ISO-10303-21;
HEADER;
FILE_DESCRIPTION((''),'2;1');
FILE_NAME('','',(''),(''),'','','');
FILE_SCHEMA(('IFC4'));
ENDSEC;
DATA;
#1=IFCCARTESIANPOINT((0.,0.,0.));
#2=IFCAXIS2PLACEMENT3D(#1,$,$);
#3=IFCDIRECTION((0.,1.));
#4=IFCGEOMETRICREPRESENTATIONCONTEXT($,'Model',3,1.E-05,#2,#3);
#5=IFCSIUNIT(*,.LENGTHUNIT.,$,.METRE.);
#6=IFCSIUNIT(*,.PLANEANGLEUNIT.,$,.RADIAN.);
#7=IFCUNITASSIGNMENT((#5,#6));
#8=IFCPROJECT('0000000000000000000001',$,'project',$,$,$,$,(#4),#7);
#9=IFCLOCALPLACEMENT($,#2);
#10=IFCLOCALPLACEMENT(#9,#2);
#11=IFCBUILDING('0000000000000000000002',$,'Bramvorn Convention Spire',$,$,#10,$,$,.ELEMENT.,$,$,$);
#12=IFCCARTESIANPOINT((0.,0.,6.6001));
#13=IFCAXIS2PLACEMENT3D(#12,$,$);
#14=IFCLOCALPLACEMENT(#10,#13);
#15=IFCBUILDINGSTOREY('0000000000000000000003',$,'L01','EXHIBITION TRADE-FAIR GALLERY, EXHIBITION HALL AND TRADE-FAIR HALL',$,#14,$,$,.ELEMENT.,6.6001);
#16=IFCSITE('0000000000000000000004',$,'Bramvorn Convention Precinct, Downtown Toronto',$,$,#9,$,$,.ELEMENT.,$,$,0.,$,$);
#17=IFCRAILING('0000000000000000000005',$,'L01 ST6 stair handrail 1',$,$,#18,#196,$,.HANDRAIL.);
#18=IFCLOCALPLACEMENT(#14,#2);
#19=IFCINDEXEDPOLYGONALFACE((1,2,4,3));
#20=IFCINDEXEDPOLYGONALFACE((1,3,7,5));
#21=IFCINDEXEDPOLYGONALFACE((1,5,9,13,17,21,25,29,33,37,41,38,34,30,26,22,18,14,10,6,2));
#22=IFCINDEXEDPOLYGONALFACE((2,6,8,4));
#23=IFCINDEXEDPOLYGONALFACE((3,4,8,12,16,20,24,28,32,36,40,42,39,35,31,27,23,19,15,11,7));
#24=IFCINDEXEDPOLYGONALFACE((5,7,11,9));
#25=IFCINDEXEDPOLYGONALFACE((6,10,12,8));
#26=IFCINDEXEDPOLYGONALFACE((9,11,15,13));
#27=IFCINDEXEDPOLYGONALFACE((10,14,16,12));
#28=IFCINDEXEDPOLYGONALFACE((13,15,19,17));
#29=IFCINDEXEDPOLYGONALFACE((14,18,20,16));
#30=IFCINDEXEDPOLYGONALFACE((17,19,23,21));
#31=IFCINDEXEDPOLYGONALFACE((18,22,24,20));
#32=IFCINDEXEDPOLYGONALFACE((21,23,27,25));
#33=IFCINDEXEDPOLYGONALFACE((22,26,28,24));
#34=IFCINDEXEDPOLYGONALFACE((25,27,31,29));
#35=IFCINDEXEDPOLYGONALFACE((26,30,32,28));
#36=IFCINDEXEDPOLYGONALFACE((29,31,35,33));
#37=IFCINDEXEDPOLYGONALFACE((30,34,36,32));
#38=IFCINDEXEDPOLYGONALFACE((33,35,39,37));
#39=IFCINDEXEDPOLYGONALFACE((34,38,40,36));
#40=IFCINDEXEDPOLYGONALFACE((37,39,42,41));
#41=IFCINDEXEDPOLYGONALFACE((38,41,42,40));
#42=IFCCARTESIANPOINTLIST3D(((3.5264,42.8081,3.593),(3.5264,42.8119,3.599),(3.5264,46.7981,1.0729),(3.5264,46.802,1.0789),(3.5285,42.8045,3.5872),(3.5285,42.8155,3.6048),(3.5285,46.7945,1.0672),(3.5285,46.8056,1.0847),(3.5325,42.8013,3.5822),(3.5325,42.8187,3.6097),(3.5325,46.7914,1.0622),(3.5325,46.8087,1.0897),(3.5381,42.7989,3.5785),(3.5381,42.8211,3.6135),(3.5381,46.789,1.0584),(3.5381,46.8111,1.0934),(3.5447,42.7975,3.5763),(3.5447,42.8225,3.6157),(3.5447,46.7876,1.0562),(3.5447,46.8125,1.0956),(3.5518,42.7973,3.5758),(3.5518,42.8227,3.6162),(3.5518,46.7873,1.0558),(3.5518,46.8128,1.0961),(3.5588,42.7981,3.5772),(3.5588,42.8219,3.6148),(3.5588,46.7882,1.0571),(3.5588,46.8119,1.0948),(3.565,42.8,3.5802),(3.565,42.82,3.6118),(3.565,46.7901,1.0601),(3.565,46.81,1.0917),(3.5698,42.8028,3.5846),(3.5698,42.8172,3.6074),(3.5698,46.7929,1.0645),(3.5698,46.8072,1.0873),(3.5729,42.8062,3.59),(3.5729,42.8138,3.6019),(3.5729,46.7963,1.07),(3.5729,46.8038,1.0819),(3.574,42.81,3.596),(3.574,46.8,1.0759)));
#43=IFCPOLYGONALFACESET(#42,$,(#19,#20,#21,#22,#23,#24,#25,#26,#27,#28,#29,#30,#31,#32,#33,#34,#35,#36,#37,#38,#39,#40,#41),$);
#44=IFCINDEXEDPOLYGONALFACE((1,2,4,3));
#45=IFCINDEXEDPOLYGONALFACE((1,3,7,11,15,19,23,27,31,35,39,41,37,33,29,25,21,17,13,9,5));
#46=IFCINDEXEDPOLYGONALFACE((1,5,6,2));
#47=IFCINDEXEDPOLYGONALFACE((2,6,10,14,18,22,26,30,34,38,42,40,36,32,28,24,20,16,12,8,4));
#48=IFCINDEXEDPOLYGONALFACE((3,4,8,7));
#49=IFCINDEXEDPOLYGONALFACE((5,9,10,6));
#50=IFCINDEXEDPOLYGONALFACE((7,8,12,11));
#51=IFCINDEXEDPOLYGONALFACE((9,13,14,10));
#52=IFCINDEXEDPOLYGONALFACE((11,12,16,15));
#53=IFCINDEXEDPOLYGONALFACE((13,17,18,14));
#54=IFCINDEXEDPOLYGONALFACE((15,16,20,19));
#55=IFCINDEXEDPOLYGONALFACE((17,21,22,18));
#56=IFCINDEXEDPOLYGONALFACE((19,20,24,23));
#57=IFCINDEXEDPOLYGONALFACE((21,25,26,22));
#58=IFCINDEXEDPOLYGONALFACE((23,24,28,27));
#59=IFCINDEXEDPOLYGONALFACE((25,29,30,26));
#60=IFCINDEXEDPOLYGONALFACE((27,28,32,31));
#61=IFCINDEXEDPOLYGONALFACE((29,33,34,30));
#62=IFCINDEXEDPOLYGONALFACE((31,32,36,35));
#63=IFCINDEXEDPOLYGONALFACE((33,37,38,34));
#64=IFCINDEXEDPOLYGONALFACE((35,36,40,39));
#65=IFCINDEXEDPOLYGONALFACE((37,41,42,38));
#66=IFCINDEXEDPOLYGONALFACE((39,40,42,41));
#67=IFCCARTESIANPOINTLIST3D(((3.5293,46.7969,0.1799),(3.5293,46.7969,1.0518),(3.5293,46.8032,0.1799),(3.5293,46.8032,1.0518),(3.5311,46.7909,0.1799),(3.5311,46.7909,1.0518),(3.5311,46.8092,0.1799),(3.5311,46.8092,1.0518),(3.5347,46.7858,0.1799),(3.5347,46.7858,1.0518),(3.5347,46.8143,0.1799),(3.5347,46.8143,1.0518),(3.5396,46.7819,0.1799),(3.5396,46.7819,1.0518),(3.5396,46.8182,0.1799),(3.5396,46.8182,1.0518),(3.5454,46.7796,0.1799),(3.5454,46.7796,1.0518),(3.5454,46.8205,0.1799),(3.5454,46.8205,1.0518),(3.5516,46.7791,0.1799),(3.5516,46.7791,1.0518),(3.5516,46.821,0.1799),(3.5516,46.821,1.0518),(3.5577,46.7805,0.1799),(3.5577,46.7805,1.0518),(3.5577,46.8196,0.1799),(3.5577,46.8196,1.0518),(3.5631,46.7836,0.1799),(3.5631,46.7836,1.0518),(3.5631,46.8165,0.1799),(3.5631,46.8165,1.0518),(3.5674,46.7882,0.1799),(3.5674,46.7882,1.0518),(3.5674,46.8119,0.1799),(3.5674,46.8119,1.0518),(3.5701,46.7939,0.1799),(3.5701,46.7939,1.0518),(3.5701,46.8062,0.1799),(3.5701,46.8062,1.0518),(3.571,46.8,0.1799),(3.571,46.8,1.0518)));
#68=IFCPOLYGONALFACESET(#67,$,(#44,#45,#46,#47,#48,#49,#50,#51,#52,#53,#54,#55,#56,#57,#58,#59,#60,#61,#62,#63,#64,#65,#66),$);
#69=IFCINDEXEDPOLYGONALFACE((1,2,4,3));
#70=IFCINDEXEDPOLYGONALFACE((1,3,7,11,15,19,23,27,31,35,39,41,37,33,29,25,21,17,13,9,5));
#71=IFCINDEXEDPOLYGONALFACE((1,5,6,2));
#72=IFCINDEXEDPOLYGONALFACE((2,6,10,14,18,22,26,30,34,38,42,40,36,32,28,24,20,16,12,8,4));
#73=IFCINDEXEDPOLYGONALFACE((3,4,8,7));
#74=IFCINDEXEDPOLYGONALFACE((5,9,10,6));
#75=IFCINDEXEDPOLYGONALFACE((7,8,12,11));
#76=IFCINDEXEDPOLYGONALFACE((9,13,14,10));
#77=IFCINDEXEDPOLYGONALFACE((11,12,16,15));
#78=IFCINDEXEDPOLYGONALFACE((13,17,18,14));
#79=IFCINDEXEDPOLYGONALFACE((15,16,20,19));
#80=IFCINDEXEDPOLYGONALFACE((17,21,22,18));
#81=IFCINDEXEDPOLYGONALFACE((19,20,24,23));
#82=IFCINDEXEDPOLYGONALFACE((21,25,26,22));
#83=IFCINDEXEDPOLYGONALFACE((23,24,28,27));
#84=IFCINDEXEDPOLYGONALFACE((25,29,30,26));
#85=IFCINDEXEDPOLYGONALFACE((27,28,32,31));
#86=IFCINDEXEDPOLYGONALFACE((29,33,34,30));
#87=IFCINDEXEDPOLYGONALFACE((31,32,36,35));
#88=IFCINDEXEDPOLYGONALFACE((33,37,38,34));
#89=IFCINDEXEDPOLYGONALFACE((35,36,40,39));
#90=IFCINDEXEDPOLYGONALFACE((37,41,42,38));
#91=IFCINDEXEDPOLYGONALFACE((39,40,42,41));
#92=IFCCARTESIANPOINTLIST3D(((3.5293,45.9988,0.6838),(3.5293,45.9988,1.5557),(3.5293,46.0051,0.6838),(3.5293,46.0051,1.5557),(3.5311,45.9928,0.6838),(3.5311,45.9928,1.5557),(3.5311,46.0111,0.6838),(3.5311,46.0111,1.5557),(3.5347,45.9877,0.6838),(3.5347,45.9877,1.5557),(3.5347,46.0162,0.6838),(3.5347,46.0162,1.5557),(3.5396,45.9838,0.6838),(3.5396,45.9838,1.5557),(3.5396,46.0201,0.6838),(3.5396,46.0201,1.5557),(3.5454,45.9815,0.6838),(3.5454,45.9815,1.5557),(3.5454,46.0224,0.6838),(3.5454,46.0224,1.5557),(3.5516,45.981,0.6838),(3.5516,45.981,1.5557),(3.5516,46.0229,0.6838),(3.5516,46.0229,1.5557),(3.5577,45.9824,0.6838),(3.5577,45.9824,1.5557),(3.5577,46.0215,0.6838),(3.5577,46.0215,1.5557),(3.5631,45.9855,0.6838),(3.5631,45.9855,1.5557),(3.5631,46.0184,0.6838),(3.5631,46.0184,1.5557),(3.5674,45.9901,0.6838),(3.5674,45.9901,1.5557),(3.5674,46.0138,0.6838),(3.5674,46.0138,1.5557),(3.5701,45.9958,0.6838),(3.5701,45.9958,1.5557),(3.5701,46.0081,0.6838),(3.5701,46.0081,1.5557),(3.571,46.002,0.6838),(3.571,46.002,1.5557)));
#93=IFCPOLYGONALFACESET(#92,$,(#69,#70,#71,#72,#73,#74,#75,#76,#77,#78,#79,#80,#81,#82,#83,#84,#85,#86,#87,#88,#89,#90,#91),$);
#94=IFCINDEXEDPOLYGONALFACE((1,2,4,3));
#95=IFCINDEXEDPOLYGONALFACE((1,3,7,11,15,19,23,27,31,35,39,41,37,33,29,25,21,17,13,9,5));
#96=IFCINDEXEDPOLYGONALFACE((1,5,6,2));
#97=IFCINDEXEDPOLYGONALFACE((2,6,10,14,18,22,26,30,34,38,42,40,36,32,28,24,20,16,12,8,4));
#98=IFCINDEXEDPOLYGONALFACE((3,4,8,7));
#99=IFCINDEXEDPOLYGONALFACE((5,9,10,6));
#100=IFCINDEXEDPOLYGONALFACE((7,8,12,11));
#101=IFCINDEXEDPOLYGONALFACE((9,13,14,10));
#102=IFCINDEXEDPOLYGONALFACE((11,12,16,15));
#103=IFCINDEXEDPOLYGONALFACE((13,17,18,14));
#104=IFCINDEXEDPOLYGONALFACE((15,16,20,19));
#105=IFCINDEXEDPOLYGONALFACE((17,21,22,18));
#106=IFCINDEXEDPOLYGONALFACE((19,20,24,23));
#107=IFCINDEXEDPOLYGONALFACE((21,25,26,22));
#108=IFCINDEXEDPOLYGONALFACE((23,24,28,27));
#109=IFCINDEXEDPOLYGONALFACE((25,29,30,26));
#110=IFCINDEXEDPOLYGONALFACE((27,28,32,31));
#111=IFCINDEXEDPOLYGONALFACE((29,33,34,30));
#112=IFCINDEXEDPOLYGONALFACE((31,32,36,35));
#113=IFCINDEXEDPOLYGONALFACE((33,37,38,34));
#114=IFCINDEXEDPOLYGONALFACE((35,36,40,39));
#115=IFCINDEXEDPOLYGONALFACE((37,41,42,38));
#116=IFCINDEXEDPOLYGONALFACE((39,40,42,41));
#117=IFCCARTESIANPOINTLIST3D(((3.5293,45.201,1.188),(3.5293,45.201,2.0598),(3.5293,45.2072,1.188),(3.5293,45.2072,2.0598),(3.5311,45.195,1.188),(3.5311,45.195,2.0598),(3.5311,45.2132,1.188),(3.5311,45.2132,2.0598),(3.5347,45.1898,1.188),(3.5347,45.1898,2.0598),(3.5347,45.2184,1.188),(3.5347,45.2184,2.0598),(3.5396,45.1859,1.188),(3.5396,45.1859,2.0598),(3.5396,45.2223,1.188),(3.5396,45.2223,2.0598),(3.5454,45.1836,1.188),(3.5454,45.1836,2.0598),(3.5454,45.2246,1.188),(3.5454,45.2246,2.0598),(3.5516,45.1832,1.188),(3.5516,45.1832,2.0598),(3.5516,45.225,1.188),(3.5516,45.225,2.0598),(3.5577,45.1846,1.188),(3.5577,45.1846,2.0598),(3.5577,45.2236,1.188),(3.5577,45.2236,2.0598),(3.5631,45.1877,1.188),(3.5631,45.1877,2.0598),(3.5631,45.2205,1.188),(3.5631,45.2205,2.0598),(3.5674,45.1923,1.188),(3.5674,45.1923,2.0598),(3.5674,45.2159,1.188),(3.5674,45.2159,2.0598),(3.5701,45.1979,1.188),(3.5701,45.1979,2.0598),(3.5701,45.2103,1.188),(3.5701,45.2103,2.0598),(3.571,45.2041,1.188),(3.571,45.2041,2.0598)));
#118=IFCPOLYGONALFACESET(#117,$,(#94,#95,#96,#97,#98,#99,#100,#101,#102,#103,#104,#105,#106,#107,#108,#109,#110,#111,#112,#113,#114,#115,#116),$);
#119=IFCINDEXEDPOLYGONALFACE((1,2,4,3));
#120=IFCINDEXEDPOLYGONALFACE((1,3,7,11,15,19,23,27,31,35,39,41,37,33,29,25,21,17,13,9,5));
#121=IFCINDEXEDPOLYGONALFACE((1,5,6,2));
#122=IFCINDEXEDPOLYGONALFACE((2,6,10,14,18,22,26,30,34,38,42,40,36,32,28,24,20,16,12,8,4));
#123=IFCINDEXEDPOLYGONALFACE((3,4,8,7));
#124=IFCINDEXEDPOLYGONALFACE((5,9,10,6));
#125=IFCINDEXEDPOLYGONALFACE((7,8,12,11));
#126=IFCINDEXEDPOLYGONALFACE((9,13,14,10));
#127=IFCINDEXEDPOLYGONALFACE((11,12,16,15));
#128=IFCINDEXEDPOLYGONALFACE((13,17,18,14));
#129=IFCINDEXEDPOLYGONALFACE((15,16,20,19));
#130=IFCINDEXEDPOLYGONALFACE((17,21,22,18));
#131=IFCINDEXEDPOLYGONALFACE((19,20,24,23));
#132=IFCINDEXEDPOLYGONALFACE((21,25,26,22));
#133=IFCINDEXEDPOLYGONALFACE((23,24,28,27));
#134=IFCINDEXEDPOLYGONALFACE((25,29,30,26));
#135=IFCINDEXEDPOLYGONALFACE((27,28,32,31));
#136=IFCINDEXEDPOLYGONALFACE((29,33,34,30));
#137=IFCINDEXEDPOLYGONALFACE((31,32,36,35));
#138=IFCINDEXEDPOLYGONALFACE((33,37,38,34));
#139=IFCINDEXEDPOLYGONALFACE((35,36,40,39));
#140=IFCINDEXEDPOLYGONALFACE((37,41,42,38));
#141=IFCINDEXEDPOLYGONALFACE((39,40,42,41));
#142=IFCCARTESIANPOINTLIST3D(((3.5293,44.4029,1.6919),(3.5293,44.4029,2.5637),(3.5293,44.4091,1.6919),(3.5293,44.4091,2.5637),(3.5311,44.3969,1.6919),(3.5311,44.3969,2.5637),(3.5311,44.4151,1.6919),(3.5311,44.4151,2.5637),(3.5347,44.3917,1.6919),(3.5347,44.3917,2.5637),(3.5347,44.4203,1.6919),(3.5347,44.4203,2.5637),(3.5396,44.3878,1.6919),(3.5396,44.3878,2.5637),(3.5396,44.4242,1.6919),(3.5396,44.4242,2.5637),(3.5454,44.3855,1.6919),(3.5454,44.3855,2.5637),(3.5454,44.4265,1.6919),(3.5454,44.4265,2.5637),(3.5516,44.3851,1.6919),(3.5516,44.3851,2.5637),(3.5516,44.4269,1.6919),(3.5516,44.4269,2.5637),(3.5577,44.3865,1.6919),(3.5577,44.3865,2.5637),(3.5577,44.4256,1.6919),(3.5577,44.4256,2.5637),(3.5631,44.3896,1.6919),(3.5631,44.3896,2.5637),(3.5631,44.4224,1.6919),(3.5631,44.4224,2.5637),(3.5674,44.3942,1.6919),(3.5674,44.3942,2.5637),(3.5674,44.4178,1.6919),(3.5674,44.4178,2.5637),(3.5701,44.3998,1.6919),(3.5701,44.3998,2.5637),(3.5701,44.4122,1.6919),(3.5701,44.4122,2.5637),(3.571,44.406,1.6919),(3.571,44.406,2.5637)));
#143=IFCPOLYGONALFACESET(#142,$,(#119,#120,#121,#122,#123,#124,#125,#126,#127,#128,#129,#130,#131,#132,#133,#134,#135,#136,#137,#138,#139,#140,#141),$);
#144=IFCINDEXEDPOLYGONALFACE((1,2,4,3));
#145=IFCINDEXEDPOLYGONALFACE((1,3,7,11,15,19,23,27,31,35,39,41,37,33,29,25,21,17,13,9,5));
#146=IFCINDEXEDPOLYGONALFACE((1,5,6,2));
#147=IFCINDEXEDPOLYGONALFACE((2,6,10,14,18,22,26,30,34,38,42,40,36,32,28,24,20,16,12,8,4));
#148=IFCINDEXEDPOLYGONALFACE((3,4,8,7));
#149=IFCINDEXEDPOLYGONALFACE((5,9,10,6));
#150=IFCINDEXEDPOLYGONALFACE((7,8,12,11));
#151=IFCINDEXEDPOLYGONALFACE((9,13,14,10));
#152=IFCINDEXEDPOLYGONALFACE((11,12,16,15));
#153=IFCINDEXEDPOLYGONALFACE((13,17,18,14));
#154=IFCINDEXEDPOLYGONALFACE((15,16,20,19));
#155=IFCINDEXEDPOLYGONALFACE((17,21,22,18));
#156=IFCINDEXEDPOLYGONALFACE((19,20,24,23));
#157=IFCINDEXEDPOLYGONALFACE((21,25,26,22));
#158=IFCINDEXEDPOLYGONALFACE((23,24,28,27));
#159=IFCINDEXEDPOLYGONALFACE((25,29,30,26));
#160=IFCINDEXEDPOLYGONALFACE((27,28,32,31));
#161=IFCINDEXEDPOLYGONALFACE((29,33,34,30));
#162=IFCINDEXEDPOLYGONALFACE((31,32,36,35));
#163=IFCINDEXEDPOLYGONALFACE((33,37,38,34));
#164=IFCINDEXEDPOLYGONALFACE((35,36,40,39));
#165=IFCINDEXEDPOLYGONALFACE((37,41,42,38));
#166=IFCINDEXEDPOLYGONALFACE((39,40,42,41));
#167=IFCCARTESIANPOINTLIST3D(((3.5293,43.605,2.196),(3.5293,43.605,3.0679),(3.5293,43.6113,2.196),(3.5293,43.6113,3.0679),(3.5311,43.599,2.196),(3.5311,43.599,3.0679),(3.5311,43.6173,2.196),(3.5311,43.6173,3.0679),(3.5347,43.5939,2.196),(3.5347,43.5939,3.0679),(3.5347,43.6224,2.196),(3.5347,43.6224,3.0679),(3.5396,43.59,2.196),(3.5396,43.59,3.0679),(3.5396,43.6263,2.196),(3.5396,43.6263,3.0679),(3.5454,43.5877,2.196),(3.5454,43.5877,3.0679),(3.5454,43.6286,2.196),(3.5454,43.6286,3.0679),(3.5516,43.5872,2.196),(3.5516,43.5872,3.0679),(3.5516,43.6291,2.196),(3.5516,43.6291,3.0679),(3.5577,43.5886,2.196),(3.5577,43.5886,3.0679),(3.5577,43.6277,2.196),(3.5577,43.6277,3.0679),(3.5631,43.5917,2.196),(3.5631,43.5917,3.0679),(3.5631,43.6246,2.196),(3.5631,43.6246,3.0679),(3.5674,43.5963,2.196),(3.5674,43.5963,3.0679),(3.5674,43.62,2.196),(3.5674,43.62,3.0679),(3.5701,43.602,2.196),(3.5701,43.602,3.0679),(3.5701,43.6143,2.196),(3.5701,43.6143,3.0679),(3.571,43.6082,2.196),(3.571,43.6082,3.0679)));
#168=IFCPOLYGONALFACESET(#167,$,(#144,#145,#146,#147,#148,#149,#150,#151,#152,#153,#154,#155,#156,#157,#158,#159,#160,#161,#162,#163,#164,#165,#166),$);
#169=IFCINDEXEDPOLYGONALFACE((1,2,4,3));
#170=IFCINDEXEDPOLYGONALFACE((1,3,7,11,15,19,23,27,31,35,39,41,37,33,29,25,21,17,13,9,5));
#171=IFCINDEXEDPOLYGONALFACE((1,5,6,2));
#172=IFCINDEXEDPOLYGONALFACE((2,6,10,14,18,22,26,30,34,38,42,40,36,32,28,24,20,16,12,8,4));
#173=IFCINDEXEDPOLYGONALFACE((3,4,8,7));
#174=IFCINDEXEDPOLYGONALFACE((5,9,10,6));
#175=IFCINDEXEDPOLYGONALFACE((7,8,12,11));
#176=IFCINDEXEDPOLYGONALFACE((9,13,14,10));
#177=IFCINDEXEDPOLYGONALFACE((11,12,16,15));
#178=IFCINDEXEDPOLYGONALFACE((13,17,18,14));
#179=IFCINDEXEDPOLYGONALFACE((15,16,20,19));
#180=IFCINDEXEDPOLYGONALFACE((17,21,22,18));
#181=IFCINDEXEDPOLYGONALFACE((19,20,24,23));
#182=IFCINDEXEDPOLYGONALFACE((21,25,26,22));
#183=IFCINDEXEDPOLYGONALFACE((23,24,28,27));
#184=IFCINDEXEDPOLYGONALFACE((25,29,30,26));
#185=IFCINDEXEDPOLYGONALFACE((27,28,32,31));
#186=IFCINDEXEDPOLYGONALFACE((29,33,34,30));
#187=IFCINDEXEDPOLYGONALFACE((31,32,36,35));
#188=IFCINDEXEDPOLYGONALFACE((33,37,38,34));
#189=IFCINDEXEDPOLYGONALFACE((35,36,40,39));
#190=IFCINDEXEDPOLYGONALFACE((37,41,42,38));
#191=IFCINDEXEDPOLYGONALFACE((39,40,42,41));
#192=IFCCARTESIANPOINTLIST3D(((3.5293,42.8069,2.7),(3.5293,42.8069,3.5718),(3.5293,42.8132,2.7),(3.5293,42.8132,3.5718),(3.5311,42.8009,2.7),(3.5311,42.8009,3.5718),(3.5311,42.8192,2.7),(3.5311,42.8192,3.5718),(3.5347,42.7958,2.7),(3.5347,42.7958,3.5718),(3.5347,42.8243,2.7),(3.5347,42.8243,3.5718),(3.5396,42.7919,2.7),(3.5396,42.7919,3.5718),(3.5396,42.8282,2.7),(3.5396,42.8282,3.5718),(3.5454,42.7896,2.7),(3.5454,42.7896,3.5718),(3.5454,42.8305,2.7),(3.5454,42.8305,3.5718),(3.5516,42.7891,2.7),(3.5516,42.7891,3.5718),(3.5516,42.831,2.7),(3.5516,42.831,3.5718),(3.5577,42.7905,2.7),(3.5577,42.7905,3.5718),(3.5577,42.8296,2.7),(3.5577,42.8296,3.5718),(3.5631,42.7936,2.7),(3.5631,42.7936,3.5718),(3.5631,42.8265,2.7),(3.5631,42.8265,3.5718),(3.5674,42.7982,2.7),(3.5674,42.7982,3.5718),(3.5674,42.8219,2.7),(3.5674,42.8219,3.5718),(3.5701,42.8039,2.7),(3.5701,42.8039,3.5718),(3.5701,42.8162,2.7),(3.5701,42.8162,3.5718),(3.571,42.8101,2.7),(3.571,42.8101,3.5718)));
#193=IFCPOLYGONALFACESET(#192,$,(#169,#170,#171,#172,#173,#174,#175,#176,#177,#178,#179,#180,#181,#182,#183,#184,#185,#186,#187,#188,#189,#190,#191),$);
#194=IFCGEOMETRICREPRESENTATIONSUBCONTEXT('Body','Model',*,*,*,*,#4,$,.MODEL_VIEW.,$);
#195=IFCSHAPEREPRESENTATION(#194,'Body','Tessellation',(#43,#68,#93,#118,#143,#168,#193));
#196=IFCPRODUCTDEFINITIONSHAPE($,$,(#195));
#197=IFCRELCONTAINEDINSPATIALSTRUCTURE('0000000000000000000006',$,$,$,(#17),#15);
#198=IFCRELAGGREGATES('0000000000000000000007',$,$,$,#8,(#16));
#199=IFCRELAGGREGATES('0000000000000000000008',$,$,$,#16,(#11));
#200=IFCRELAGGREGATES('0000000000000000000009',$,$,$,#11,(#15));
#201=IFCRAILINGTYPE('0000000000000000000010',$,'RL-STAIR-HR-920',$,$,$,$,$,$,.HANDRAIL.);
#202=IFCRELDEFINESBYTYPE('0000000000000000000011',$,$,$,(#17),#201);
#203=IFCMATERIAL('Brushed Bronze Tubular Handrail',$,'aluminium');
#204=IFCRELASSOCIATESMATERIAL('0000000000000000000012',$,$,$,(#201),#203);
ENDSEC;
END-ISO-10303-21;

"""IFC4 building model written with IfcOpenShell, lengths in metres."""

from ifc_helpers import new_model, si_unit, direction, frame, origin, origin_2d, place, context, subcontext, project, spatial, circle, extrude, material, type_object, element, save


model = new_model("IFC4")

# Units and contexts
model_context = context("Model", 3, precision=1e-05, world=origin(), true_north=direction((0.0, 1.0)))
body_context = subcontext(model_context, "Body", "Model", "MODEL_VIEW")
ifc_project = project(units=[si_unit("LENGTHUNIT", "METRE"), si_unit("PLANEANGLEUNIT", "RADIAN")], contexts=[model_context])

# Site, building, storey
site_placement = place(None, origin())
site = spatial("IfcSite", under=ifc_project, at=site_placement, Name="Bramvorn Convention Precinct, Downtown Toronto", CompositionType="ELEMENT", RefElevation=0.0)
building_placement = place(site_placement, origin())
building = spatial("IfcBuilding", under=site, at=building_placement, Name="Bramvorn Convention Spire", CompositionType="ELEMENT")
storey_placement = place(building_placement, frame((0.0, 0.0, 6.6001)))
storey = spatial("IfcBuildingStorey", under=building, at=storey_placement, Name="L01", Description="EXHIBITION TRADE-FAIR GALLERY, EXHIBITION HALL AND TRADE-FAIR HALL", CompositionType="ELEMENT", Elevation=6.6001)

# Railing
ifc_material_1 = material(Name="Brushed Bronze Tubular Handrail", Category="aluminium")
railing_type_1 = type_object("IfcRailingType", Name="RL-STAIR-HR-920", PredefinedType="HANDRAIL", material=ifc_material_1)
railing_1_placement = place(storey_placement, frame((3.55, 46.8, 0.1799)))
element("IfcRailing", 1, at=railing_1_placement, inside=storey, type_object=railing_type_1, Name="L01 ST6 stair handrail 1", PredefinedType="HANDRAIL", context=body_context, shape_type="SweptSolid", body=[
    extrude(circle(Radius=0.0239, at=origin_2d()), frame((0.0, 0.0, 0.896), z_axis=(0.0, -0.845486, 0.533997), x_axis=(1.0, 0.0, 0.0)), (0.0, 0.0, 1.0), 4.7192),
    extrude(circle(Radius=0.021, at=origin_2d()), origin(), (0.0, 0.0, 1.0), 0.8718),
    extrude(circle(Radius=0.021, at=origin_2d()), frame((0.0, -0.7981, 0.5039)), (0.0, 0.0, 1.0), 0.8718),
    extrude(circle(Radius=0.021, at=origin_2d()), frame((0.0, -1.5959, 1.0081)), (0.0, 0.0, 1.0), 0.8718),
    extrude(circle(Radius=0.021, at=origin_2d()), frame((0.0, -2.394, 1.512)), (0.0, 0.0, 1.0), 0.8718),
    extrude(circle(Radius=0.021, at=origin_2d()), frame((0.0, -3.1919, 2.0161)), (0.0, 0.0, 1.0), 0.8718),
    extrude(circle(Radius=0.021, at=origin_2d()), frame((0.0, -3.99, 2.52)), (0.0, 0.0, 1.0), 0.8718),
])

save(model, "model.ifc")
